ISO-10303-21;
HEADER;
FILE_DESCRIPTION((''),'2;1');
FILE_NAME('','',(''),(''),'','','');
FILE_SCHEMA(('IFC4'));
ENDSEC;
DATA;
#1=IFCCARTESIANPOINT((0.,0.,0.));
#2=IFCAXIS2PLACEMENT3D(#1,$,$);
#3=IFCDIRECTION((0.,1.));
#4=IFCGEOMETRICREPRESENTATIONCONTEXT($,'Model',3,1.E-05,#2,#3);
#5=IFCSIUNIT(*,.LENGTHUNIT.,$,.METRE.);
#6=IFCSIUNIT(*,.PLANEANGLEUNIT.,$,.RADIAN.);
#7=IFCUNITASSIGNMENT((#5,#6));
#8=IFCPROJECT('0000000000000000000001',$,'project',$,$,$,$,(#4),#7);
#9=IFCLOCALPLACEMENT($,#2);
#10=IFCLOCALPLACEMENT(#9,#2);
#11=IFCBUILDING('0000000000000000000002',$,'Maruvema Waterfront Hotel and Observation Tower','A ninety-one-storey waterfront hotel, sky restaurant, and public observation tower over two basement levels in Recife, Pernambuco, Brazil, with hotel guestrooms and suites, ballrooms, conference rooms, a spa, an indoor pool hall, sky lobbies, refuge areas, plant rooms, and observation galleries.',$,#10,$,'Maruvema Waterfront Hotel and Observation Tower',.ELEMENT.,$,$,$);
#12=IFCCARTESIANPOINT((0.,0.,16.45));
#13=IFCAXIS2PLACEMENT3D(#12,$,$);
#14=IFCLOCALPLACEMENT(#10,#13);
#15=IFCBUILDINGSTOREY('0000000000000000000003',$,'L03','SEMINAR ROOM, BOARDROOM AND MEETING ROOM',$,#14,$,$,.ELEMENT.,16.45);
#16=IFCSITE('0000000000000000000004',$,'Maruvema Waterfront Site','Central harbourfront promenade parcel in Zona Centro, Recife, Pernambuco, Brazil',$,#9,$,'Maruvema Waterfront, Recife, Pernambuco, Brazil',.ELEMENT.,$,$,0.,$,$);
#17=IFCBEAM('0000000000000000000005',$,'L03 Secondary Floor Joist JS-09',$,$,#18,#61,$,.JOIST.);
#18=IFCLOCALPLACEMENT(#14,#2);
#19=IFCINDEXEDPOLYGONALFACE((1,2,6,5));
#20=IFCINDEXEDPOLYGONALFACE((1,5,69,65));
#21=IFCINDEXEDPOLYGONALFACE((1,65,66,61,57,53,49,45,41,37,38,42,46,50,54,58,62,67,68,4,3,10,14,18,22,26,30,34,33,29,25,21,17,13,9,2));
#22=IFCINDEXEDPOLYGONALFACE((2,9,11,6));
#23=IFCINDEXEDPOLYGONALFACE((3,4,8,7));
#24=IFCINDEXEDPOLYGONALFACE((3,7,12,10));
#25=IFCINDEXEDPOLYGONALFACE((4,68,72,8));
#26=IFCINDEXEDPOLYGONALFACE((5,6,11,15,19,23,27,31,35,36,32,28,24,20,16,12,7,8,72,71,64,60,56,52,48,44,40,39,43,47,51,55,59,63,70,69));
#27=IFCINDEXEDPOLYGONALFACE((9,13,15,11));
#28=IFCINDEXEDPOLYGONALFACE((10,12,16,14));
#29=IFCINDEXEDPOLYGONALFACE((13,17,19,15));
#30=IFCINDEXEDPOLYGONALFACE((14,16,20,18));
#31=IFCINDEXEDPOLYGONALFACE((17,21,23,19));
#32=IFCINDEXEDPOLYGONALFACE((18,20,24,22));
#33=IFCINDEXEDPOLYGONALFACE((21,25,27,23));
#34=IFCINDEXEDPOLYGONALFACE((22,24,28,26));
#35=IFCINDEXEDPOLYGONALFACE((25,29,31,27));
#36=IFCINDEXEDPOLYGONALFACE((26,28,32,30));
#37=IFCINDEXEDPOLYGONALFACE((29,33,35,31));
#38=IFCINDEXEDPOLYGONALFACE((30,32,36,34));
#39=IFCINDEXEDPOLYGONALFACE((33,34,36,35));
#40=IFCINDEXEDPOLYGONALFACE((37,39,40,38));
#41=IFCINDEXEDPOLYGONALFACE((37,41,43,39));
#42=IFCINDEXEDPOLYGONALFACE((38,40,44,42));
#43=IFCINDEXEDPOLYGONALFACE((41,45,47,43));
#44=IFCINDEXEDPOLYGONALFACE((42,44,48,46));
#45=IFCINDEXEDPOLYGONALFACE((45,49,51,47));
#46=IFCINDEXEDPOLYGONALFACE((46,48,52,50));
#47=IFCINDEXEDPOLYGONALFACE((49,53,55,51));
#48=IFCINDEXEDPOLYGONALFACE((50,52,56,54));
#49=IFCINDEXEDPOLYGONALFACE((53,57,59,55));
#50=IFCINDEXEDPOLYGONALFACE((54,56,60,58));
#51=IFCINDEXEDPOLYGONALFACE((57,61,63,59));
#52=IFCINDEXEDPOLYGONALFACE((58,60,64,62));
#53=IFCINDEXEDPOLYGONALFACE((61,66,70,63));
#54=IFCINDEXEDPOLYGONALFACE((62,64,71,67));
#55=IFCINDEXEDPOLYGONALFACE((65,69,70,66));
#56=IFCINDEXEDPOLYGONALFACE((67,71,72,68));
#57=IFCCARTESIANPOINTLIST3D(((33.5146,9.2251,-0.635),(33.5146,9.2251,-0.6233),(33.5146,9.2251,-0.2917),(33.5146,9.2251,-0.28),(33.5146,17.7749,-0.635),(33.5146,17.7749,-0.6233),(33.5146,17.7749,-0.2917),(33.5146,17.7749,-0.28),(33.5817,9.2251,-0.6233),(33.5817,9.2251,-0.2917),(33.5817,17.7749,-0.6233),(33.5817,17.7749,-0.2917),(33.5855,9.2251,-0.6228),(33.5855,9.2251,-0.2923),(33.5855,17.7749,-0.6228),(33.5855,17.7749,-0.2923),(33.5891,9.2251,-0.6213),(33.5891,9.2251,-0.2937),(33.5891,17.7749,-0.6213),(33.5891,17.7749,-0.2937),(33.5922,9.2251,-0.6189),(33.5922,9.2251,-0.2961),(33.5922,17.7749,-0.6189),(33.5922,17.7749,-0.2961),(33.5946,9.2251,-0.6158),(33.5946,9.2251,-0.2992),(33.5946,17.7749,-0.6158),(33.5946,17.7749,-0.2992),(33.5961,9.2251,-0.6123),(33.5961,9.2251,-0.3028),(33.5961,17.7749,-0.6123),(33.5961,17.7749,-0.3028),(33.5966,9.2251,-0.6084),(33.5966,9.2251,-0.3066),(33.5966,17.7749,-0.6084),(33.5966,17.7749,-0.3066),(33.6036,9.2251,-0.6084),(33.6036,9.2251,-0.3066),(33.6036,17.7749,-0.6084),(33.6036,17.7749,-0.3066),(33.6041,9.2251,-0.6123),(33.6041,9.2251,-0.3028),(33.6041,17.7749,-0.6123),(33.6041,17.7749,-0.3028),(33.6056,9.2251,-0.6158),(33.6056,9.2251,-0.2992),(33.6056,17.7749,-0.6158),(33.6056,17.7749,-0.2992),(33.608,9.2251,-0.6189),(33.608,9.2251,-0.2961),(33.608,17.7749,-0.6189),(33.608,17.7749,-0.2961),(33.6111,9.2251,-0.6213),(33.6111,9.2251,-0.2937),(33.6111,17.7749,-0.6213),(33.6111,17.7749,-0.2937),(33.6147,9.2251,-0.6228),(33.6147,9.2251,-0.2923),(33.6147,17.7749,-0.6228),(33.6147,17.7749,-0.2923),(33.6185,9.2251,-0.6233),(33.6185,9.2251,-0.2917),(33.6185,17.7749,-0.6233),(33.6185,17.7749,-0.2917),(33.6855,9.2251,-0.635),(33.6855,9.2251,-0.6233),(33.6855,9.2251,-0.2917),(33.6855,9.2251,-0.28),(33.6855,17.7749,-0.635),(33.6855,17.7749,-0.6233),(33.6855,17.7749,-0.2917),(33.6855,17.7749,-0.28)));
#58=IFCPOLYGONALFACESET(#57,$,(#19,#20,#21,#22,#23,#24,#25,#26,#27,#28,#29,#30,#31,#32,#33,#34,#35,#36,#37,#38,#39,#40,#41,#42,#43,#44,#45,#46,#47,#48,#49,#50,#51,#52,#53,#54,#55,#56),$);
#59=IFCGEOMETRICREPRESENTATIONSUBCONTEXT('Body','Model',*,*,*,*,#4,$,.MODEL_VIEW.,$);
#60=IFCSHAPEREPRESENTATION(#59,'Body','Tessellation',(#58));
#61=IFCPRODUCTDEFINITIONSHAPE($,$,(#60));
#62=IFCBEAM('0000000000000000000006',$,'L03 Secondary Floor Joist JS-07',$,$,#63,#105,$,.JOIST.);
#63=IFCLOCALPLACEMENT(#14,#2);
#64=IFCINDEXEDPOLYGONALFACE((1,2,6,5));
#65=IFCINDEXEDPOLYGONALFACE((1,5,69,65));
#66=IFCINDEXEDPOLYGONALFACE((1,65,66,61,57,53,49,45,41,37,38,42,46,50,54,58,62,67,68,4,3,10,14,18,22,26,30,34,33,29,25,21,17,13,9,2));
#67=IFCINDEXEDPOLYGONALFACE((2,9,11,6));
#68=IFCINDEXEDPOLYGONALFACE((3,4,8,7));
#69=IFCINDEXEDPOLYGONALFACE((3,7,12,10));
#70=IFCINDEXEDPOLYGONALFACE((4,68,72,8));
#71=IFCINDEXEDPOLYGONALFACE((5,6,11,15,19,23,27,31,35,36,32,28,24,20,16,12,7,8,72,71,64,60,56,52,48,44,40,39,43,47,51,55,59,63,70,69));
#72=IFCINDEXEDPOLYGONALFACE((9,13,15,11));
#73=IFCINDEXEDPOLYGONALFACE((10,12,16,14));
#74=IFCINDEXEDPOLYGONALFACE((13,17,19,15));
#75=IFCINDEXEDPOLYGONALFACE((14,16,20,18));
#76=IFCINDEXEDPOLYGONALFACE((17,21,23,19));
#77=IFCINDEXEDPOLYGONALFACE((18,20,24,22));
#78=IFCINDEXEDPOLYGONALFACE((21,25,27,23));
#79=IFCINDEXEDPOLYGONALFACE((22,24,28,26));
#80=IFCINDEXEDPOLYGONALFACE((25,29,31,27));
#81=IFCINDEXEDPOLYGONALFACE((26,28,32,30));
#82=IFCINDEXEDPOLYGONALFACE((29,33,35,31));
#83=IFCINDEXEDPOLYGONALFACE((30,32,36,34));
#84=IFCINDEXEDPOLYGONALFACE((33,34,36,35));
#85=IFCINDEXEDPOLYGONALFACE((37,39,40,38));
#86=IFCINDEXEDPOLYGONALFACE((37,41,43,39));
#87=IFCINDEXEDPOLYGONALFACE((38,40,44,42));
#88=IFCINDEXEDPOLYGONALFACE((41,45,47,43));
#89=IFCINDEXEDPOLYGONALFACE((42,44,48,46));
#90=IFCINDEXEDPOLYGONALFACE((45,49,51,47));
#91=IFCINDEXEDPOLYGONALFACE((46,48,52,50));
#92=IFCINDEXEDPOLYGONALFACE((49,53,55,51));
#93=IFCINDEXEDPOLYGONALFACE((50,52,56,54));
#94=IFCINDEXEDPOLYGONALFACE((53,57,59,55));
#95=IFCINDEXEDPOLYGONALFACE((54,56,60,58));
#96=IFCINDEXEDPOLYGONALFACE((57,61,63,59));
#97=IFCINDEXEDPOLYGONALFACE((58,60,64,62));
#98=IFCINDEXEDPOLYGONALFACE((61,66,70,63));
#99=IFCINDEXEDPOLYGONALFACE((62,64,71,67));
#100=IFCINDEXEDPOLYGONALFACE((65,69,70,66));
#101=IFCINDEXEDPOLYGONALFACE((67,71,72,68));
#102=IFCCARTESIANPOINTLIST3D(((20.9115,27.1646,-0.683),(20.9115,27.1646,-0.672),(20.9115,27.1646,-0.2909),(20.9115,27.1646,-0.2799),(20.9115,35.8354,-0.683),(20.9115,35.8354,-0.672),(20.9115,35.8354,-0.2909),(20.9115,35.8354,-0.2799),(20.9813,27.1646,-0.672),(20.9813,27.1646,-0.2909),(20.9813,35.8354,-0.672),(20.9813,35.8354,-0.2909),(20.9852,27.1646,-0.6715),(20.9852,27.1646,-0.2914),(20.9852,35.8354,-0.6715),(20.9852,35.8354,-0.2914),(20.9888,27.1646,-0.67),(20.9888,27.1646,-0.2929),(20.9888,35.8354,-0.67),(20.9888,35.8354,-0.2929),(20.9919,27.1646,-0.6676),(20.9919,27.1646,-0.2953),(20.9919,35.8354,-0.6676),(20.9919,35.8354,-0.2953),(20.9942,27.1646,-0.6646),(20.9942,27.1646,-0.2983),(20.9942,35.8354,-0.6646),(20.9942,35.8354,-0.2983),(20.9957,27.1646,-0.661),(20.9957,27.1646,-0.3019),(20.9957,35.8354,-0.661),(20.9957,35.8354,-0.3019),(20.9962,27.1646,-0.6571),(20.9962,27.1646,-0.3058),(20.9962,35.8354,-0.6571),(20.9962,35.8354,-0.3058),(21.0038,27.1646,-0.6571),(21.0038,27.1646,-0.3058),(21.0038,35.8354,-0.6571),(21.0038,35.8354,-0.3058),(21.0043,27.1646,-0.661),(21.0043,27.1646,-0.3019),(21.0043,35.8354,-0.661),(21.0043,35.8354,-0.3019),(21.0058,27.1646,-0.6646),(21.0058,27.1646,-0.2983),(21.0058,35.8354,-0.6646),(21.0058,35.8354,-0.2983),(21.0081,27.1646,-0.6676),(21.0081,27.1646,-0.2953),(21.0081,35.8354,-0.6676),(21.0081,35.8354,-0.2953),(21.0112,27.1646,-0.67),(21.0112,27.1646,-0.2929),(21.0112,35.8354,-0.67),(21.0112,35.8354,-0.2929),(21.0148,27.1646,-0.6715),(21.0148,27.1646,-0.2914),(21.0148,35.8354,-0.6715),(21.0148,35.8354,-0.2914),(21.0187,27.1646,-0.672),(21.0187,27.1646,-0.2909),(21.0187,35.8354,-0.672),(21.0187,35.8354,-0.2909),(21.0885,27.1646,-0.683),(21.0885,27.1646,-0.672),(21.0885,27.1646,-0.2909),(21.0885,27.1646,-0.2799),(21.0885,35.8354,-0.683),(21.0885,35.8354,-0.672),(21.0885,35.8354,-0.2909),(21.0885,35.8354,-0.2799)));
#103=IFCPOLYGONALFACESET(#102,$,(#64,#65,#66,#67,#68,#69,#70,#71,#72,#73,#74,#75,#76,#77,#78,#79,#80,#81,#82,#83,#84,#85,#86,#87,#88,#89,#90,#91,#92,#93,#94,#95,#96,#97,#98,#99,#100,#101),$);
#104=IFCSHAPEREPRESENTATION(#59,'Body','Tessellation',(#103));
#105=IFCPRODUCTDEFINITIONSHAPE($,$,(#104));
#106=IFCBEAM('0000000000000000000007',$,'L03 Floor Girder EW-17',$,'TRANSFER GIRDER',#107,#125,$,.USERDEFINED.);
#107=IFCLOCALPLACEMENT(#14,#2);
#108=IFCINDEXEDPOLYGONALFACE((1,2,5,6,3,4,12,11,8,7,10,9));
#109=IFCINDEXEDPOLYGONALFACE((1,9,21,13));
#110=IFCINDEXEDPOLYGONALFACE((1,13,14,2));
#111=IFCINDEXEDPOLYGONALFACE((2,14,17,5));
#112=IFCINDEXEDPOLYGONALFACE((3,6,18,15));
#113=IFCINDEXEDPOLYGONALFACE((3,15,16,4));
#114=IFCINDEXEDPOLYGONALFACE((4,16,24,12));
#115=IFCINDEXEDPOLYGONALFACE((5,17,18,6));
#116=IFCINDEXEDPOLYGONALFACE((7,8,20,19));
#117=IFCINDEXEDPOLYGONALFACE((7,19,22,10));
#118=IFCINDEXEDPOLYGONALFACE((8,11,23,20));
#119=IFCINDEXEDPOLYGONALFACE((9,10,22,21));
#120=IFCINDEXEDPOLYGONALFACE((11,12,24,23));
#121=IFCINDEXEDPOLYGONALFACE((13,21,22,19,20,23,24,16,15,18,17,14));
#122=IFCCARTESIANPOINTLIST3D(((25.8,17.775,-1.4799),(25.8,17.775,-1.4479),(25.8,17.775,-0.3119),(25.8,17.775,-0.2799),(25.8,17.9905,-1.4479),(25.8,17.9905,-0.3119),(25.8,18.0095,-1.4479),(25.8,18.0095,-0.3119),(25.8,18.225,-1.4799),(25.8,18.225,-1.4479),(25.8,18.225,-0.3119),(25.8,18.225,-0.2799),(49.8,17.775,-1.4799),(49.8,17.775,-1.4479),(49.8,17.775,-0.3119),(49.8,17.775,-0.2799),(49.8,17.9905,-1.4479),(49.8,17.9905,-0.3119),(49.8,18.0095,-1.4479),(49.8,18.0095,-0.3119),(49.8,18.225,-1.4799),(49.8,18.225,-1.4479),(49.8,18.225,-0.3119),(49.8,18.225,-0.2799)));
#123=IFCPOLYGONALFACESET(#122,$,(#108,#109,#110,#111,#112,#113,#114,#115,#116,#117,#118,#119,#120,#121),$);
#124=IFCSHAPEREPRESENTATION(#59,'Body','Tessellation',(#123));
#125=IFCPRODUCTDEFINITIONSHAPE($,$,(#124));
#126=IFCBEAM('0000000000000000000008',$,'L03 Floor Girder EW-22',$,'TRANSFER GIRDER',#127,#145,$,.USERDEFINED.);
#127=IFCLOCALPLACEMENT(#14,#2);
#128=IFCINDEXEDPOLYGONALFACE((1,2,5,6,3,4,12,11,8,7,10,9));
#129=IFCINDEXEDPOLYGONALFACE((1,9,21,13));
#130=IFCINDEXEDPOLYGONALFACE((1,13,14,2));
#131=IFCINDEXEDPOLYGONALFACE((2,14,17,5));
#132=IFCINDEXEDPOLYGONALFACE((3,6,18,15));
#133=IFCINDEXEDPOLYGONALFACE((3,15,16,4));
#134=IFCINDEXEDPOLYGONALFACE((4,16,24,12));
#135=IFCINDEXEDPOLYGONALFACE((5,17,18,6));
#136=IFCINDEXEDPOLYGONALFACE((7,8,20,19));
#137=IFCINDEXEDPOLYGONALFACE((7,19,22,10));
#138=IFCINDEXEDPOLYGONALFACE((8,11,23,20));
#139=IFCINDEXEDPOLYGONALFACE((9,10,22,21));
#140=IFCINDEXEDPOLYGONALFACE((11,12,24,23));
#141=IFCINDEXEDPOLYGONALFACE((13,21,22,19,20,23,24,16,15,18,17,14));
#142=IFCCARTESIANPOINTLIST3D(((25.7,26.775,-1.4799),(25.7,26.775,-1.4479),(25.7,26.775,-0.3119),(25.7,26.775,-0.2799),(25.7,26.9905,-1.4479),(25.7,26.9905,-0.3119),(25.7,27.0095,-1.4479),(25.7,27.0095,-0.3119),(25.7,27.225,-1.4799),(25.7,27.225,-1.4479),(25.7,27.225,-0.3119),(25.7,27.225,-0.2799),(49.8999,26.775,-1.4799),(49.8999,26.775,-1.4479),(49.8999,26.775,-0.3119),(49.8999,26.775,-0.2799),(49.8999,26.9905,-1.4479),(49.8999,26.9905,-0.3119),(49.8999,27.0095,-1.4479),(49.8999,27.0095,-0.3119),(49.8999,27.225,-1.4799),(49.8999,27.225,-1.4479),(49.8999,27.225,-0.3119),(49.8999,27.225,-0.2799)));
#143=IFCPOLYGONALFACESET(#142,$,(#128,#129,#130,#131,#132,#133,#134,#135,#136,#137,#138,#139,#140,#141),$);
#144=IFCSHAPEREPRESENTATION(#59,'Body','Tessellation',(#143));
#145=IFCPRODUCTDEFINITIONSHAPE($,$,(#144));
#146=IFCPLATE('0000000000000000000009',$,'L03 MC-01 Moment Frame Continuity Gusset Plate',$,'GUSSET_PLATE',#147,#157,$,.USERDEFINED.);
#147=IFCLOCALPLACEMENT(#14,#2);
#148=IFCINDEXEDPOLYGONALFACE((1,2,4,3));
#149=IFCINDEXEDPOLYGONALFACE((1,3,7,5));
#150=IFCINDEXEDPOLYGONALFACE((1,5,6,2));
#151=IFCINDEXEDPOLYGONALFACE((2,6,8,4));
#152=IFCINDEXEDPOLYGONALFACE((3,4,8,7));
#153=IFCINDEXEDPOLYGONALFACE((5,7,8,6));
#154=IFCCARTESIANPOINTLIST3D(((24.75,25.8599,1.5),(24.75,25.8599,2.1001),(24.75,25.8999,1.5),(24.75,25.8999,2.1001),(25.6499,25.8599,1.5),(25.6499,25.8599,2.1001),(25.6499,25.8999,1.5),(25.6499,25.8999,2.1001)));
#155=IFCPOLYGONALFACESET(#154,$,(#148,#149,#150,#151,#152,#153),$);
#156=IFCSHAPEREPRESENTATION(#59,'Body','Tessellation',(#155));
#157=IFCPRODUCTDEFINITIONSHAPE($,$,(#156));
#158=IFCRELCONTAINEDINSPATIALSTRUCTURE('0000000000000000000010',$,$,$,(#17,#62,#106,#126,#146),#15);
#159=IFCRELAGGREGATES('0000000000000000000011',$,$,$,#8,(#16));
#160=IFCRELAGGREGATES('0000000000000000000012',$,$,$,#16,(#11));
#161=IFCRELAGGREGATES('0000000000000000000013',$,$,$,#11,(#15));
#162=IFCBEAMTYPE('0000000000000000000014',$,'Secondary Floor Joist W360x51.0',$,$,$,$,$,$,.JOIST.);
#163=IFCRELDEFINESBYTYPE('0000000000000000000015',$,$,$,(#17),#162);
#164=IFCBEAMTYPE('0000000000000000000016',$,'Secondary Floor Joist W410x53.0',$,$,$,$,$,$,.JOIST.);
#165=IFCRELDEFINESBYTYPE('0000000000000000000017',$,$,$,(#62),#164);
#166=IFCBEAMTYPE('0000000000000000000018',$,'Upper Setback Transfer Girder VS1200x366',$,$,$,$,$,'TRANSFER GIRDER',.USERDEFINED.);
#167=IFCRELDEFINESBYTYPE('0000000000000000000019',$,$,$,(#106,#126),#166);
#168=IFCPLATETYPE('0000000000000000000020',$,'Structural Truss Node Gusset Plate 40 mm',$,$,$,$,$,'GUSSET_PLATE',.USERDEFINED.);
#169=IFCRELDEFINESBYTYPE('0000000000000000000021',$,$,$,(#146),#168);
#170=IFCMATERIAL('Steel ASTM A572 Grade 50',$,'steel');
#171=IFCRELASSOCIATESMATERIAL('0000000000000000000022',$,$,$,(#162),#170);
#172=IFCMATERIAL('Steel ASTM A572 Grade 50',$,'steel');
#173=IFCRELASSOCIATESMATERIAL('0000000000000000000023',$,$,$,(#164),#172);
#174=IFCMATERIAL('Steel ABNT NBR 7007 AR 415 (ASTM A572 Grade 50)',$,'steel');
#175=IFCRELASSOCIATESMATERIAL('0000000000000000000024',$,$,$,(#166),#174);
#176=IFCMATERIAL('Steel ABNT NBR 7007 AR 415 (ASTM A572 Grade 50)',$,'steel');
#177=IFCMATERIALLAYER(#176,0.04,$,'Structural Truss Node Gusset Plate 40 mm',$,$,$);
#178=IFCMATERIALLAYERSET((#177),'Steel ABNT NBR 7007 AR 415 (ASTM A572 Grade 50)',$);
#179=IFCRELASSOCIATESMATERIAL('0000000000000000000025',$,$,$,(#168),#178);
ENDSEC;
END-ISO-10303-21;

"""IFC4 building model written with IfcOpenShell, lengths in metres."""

from ifc_helpers import new_model, si_unit, direction, frame, origin, origin_2d, place, context, subcontext, project, spatial, rectangle, i_section, extrude, material, layer, layer_set, material_profile, profile_set, type_object, element, save


model = new_model("IFC4")

# Units and contexts
model_context = context("Model", 3, precision=1e-05, world=origin(), true_north=direction((0.0, 1.0)))
body_context = subcontext(model_context, "Body", "Model", "MODEL_VIEW")
ifc_project = project(units=[si_unit("LENGTHUNIT", "METRE"), si_unit("PLANEANGLEUNIT", "RADIAN")], contexts=[model_context])

# Site, building, storey
site_placement = place(None, origin())
site = spatial("IfcSite", under=ifc_project, at=site_placement, Name="Maruvema Waterfront Site", Description="Central harbourfront promenade parcel in Zona Centro, Recife, Pernambuco, Brazil", LongName="Maruvema Waterfront, Recife, Pernambuco, Brazil", CompositionType="ELEMENT", RefElevation=0.0)
building_placement = place(site_placement, origin())
building = spatial("IfcBuilding", under=site, at=building_placement, Name="Maruvema Waterfront Hotel and Observation Tower", Description="A ninety-one-storey waterfront hotel, sky restaurant, and public observation tower over two basement levels in Recife, Pernambuco, Brazil, with hotel guestrooms and suites, ballrooms, conference rooms, a spa, an indoor pool hall, sky lobbies, refuge areas, plant rooms, and observation galleries.", LongName="Maruvema Waterfront Hotel and Observation Tower", CompositionType="ELEMENT")
storey_placement = place(building_placement, frame((0.0, 0.0, 16.45)))
storey = spatial("IfcBuildingStorey", under=building, at=storey_placement, Name="L03", Description="SEMINAR ROOM, BOARDROOM AND MEETING ROOM", CompositionType="ELEMENT", Elevation=16.45)

# Beams
ifc_material_1 = material(Name="Steel ASTM A572 Grade 50", Category="steel")
ifc_material_profile_1 = material_profile(ifc_material_1, i_section(OverallWidth=0.1709, OverallDepth=0.355, WebThickness=0.0071, FlangeThickness=0.0117, FilletRadius=0.0149, at=origin_2d()), Name="W360x51.0")
ifc_profile_set_1 = profile_set([ifc_material_profile_1], Name="Steel ASTM A572 Grade 50")
beam_type_1 = type_object("IfcBeamType", Name="Secondary Floor Joist W360x51.0", PredefinedType="JOIST", material=ifc_profile_set_1)
beam_1_placement = place(storey_placement, frame((33.6001, 9.2251, -0.4575), z_axis=(0.0, 1.0, 0.0), x_axis=(-1.0, 0.0, 0.0)))
element("IfcBeam", 1, at=beam_1_placement, inside=storey, type_object=beam_type_1, Name="L03 Secondary Floor Joist JS-09", PredefinedType="JOIST", context=body_context, shape_type="SweptSolid", body=[
    extrude(i_section(OverallWidth=0.1709, OverallDepth=0.355, WebThickness=0.0071, FlangeThickness=0.0117, FilletRadius=0.0149, at=origin_2d()), origin(), (0.0, 0.0, 1.0), 8.5498),
])
ifc_material_2 = material(Name="Steel ASTM A572 Grade 50", Category="steel")
ifc_material_profile_2 = material_profile(ifc_material_2, i_section(OverallWidth=0.177, OverallDepth=0.4031, WebThickness=0.0076, FlangeThickness=0.011, FilletRadius=0.0149, at=origin_2d()), Name="W410x53.0")
ifc_profile_set_2 = profile_set([ifc_material_profile_2], Name="Steel ASTM A572 Grade 50")
beam_type_2 = type_object("IfcBeamType", Name="Secondary Floor Joist W410x53.0", PredefinedType="JOIST", material=ifc_profile_set_2)
beam_2_placement = place(storey_placement, frame((21.0, 27.1646, -0.4814), z_axis=(0.0, 1.0, 0.0), x_axis=(-1.0, 0.0, 0.0)))
element("IfcBeam", 2, at=beam_2_placement, inside=storey, type_object=beam_type_2, Name="L03 Secondary Floor Joist JS-07", PredefinedType="JOIST", context=body_context, shape_type="SweptSolid", body=[
    extrude(i_section(OverallWidth=0.177, OverallDepth=0.4031, WebThickness=0.0076, FlangeThickness=0.011, FilletRadius=0.0149, at=origin_2d()), origin(), (0.0, 0.0, 1.0), 8.6709),
])
ifc_material_3 = material(Name="Steel ABNT NBR 7007 AR 415 (ASTM A572 Grade 50)", Category="steel")
ifc_material_profile_3 = material_profile(ifc_material_3, i_section(OverallWidth=0.45, OverallDepth=1.2, WebThickness=0.019, FlangeThickness=0.032, at=origin_2d()), Name="VS1200x366")
ifc_profile_set_3 = profile_set([ifc_material_profile_3], Name="Steel ABNT NBR 7007 AR 415 (ASTM A572 Grade 50)")
beam_type_3 = type_object("IfcBeamType", Name="Upper Setback Transfer Girder VS1200x366", ElementType="TRANSFER GIRDER", PredefinedType="USERDEFINED", material=ifc_profile_set_3)
beam_3_placement = place(storey_placement, frame((25.8, 18.0, -0.8799), z_axis=(1.0, 0.0, 0.0), x_axis=(0.0, 1.0, 0.0)))
element("IfcBeam", 3, at=beam_3_placement, inside=storey, type_object=beam_type_3, Name="L03 Floor Girder EW-17", ObjectType="TRANSFER GIRDER", PredefinedType="USERDEFINED", context=body_context, shape_type="SweptSolid", body=[
    extrude(i_section(OverallWidth=0.45, OverallDepth=1.2, WebThickness=0.019, FlangeThickness=0.032, at=origin_2d()), origin(), (0.0, 0.0, 1.0), 24.0),
])
beam_4_placement = place(storey_placement, frame((25.7, 27.0, -0.8799), z_axis=(1.0, 0.0, 0.0), x_axis=(0.0, 1.0, 0.0)))
element("IfcBeam", 4, at=beam_4_placement, inside=storey, type_object=beam_type_3, Name="L03 Floor Girder EW-22", ObjectType="TRANSFER GIRDER", PredefinedType="USERDEFINED", context=body_context, shape_type="SweptSolid", body=[
    extrude(i_section(OverallWidth=0.45, OverallDepth=1.2, WebThickness=0.019, FlangeThickness=0.032, at=origin_2d()), origin(), (0.0, 0.0, 1.0), 24.2),
])

# Plate
ifc_material_4 = material(Name="Steel ABNT NBR 7007 AR 415 (ASTM A572 Grade 50)", Category="steel")
ifc_layer_1 = layer(ifc_material_4, 0.04, Name="Structural Truss Node Gusset Plate 40 mm")
ifc_layer_set_1 = layer_set([ifc_layer_1], Name="Steel ABNT NBR 7007 AR 415 (ASTM A572 Grade 50)")
plate_type = type_object("IfcPlateType", Name="Structural Truss Node Gusset Plate 40 mm", ElementType="GUSSET_PLATE", PredefinedType="USERDEFINED", material=ifc_layer_set_1)
plate_placement = place(storey_placement, frame((25.2, 25.8799, 1.5), z_axis=(0.0, 0.0, 1.0), x_axis=(1.0, 0.0, 0.0)))
element("IfcPlate", 5, at=plate_placement, inside=storey, type_object=plate_type, Name="L03 MC-01 Moment Frame Continuity Gusset Plate", ObjectType="GUSSET_PLATE", PredefinedType="USERDEFINED", context=body_context, shape_type="SweptSolid", body=[
    extrude(rectangle(XDim=0.8999, YDim=0.04, at=origin_2d()), origin(), (0.0, 0.0, 1.0), 0.6001),
])

save(model, "model.ifc")
